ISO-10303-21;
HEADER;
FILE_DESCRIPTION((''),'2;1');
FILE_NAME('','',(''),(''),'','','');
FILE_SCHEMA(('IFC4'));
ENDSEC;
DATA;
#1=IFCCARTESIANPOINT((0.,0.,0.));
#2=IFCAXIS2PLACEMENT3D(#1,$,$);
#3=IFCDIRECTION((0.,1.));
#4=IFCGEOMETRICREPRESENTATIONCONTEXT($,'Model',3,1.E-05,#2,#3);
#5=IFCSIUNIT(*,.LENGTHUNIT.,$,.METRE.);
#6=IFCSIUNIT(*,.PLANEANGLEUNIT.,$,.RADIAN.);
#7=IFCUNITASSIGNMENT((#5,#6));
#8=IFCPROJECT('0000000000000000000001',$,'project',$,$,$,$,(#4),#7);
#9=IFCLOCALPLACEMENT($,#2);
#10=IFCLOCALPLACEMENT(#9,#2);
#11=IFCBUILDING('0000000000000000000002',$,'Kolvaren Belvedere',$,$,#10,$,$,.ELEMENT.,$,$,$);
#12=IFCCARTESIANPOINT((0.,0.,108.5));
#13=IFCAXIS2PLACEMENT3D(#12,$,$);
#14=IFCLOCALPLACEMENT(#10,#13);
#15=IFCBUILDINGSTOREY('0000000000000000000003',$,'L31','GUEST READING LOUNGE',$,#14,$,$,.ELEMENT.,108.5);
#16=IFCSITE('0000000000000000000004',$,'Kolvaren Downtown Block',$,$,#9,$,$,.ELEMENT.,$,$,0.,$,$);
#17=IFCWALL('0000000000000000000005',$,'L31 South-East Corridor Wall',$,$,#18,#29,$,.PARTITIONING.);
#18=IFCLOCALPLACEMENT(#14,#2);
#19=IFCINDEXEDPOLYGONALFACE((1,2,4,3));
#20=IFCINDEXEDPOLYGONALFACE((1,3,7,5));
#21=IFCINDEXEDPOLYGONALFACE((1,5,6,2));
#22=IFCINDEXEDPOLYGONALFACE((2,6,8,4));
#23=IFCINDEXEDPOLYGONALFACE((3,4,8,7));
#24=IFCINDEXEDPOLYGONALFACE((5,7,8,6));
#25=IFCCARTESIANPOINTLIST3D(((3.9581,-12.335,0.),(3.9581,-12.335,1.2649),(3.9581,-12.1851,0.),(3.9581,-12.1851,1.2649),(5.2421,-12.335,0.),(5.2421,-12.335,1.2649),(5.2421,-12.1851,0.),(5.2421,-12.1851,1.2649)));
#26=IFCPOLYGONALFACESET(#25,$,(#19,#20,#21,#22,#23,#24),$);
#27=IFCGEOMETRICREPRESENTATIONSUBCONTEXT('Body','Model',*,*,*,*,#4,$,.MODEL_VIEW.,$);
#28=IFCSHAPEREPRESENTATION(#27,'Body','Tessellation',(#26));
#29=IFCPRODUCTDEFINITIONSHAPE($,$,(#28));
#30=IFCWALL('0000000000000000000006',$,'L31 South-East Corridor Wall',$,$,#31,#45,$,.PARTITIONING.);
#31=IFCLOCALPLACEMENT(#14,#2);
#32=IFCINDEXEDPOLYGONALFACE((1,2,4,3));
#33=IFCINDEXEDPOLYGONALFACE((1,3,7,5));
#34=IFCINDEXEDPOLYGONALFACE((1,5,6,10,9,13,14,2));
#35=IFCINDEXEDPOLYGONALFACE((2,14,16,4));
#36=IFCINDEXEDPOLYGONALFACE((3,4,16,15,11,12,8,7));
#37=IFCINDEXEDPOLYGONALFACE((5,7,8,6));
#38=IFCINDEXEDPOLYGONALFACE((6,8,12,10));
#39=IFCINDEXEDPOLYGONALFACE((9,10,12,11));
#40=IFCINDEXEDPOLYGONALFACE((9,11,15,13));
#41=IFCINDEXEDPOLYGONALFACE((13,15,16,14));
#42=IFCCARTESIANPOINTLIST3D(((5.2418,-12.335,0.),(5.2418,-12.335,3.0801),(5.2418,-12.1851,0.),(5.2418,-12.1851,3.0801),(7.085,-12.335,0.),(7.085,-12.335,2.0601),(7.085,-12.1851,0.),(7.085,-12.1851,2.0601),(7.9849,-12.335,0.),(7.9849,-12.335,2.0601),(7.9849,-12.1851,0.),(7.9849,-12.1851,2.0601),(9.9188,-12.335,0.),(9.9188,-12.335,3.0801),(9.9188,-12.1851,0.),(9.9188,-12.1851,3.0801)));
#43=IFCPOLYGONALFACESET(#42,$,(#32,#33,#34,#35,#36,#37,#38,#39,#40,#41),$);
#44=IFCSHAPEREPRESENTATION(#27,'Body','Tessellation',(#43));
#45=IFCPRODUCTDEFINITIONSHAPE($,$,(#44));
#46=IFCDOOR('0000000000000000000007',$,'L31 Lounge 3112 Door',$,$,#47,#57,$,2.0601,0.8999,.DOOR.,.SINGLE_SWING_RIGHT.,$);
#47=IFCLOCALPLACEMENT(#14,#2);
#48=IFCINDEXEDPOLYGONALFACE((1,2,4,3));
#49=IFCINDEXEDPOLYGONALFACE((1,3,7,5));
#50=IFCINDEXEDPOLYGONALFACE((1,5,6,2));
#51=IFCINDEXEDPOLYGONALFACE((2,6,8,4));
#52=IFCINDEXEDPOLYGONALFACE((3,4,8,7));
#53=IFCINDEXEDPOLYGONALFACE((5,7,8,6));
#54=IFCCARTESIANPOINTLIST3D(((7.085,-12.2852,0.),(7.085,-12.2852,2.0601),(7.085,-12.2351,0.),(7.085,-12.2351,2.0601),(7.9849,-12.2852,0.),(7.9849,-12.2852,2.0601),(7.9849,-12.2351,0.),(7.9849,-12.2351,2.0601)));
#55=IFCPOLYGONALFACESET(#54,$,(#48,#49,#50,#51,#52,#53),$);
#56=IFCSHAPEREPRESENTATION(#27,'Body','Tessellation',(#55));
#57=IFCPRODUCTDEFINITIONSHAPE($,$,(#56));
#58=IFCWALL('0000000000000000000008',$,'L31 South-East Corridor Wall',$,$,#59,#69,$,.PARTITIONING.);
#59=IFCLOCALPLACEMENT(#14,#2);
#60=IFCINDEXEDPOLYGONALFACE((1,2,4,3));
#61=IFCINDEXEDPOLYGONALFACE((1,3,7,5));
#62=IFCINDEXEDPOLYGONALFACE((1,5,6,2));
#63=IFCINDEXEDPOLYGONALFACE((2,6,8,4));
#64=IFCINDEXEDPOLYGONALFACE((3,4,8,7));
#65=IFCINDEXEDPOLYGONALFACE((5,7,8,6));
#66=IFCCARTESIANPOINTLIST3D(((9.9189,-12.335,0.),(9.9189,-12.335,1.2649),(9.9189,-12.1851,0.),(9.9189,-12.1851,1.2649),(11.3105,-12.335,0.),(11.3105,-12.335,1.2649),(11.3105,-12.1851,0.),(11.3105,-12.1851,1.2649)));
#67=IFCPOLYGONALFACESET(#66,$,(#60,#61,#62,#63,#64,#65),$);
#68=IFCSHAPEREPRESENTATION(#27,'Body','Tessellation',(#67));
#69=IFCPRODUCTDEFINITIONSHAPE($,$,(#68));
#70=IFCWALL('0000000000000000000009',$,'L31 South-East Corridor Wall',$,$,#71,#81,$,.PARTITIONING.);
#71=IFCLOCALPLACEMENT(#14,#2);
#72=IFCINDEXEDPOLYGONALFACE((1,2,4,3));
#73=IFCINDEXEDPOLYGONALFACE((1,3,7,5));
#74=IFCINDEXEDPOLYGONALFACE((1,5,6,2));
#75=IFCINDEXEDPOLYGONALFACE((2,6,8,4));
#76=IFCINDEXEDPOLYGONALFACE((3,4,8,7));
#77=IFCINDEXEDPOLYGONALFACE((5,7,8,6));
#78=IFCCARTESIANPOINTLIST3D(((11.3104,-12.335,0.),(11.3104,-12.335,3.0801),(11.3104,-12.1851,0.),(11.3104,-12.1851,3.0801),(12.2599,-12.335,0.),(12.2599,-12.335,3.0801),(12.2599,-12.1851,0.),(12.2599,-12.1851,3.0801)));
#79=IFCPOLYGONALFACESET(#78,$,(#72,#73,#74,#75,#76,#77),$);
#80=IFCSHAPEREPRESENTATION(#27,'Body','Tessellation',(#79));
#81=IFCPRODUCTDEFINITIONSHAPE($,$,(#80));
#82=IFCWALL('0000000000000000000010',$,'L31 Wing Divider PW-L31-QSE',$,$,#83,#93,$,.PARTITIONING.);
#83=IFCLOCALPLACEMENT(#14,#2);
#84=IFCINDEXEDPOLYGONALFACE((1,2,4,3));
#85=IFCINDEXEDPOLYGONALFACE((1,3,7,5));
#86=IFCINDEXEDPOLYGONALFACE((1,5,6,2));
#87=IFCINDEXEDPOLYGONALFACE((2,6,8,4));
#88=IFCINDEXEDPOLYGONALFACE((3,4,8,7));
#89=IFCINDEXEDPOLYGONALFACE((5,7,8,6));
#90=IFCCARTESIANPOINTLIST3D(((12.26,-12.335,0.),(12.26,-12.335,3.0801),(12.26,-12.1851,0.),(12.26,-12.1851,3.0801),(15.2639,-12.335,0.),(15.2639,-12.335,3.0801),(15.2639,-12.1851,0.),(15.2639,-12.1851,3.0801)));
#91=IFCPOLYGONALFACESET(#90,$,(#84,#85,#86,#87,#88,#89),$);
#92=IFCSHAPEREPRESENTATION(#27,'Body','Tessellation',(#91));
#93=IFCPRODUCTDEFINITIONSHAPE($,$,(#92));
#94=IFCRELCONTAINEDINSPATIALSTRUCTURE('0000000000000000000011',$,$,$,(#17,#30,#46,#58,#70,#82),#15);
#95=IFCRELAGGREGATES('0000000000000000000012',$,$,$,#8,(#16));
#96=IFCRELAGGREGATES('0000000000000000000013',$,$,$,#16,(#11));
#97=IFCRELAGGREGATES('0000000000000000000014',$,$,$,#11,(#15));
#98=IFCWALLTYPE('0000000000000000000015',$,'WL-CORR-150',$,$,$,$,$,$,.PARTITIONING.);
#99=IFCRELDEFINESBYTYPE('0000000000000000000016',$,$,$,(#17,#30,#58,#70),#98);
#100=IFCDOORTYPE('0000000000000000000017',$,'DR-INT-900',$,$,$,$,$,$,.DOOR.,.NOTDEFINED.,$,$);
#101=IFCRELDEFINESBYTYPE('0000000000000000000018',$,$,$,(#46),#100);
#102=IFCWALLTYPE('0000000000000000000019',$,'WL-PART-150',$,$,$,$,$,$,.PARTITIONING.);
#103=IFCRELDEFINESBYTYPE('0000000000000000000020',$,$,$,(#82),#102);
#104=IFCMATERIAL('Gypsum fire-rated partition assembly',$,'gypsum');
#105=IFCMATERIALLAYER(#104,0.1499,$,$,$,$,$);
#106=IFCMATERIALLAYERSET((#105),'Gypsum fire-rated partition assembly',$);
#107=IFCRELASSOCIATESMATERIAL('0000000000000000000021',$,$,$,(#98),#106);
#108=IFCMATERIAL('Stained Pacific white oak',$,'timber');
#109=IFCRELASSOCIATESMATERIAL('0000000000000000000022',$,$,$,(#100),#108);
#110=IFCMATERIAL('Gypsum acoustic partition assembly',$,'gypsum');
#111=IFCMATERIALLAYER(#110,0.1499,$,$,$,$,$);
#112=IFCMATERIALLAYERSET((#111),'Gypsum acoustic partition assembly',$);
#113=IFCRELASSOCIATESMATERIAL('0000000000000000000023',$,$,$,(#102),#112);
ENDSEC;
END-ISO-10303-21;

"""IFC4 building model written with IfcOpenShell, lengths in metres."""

from ifc_helpers import new_model, si_unit, direction, frame, frame_2d, origin, place, context, subcontext, project, spatial, rectangle, extrude, material, layer, layer_set, type_object, element, fill, save


model = new_model("IFC4")

# Units and contexts
model_context = context("Model", 3, precision=1e-05, world=origin(), true_north=direction((0.0, 1.0)))
body_context = subcontext(model_context, "Body", "Model", "MODEL_VIEW")
ifc_project = project(units=[si_unit("LENGTHUNIT", "METRE"), si_unit("PLANEANGLEUNIT", "RADIAN")], contexts=[model_context])

# Site, building, storey
site_placement = place(None, origin())
site = spatial("IfcSite", under=ifc_project, at=site_placement, Name="Kolvaren Downtown Block", CompositionType="ELEMENT", RefElevation=0.0)
building_placement = place(site_placement, origin())
building = spatial("IfcBuilding", under=site, at=building_placement, Name="Kolvaren Belvedere", CompositionType="ELEMENT")
storey_placement = place(building_placement, frame((0.0, 0.0, 108.5)))
storey = spatial("IfcBuildingStorey", under=building, at=storey_placement, Name="L31", Description="GUEST READING LOUNGE", CompositionType="ELEMENT", Elevation=108.5)

# Wall
ifc_material_1 = material(Name="Gypsum fire-rated partition assembly", Category="gypsum")
ifc_layer_1 = layer(ifc_material_1, 0.1499)
ifc_layer_set_1 = layer_set([ifc_layer_1], Name="Gypsum fire-rated partition assembly")
wall_type_1 = type_object("IfcWallType", Name="WL-CORR-150", PredefinedType="PARTITIONING", material=ifc_layer_set_1)
wall_1_placement = place(storey_placement, frame((3.958, -12.26, 0.0), z_axis=(0.0, 0.0, 1.0), x_axis=(1.0, 0.0, 0.0)))
element("IfcWall", 1, at=wall_1_placement, inside=storey, type_object=wall_type_1, Name="L31 South-East Corridor Wall", PredefinedType="PARTITIONING", context=body_context, shape_type="SweptSolid", body=[
    extrude(rectangle(XDim=1.2839, YDim=0.1499, at=frame_2d((0.6421, 0.0))), origin(), (0.0, 0.0, 1.0), 1.2649),
])

# Wall, opening, door
wall_2_placement = place(storey_placement, frame((5.2419, -12.26, 0.0), z_axis=(0.0, 0.0, 1.0), x_axis=(1.0, 0.0, 0.0)))
wall_2 = element("IfcWall", 2, at=wall_2_placement, inside=storey, type_object=wall_type_1, Name="L31 South-East Corridor Wall", PredefinedType="PARTITIONING", context=body_context, shape_type="SweptSolid", body=[
    extrude(rectangle(XDim=4.677, YDim=0.1499, at=frame_2d((2.3384, 0.0))), origin(), (0.0, 0.0, 1.0), 3.0801),
])
opening_placement = place(wall_2_placement, frame((1.843, 0.0, 0.0)))
opening = element("IfcOpeningElement", 3, at=opening_placement, cuts=wall_2, PredefinedType="OPENING", context=body_context, shape_type="SweptSolid", body=[
    extrude(rectangle(XDim=0.8999, YDim=2.0601, at=frame_2d((0.45, 1.03))), frame((0.0, 0.085, 0.0), z_axis=(0.0, -1.0, 0.0), x_axis=(1.0, 0.0, 0.0)), (0.0, 0.0, 1.0), 0.1699),
])
ifc_material_2 = material(Name="Stained Pacific white oak", Category="timber")
door_type = type_object("IfcDoorType", Name="DR-INT-900", OperationType="NOTDEFINED", PredefinedType="DOOR", material=ifc_material_2)
door_placement = place(opening_placement, origin())
door = element("IfcDoor", 4, at=door_placement, inside=storey, type_object=door_type, Name="L31 Lounge 3112 Door", OperationType="SINGLE_SWING_RIGHT", OverallHeight=2.0601, OverallWidth=0.8999, PredefinedType="DOOR", context=body_context, shape_type="SweptSolid", body=[
    extrude(rectangle(XDim=0.8999, YDim=2.0601, at=frame_2d((0.45, 1.03))), frame((0.0, 0.0249, 0.0), z_axis=(0.0, -1.0, 0.0), x_axis=(1.0, 0.0, 0.0)), (0.0, 0.0, 1.0), 0.05),
])
fill(opening, door)

# Walls
wall_3_placement = place(storey_placement, frame((9.9189, -12.26, 0.0), z_axis=(0.0, 0.0, 1.0), x_axis=(1.0, 0.0, 0.0)))
element("IfcWall", 5, at=wall_3_placement, inside=storey, type_object=wall_type_1, Name="L31 South-East Corridor Wall", PredefinedType="PARTITIONING", context=body_context, shape_type="SweptSolid", body=[
    extrude(rectangle(XDim=1.3916, YDim=0.1499, at=frame_2d((0.6958, 0.0))), origin(), (0.0, 0.0, 1.0), 1.2649),
])
wall_4_placement = place(storey_placement, frame((11.3105, -12.26, 0.0), z_axis=(0.0, 0.0, 1.0), x_axis=(1.0, 0.0, 0.0)))
element("IfcWall", 6, at=wall_4_placement, inside=storey, type_object=wall_type_1, Name="L31 South-East Corridor Wall", PredefinedType="PARTITIONING", context=body_context, shape_type="SweptSolid", body=[
    extrude(rectangle(XDim=0.9495, YDim=0.1499, at=frame_2d((0.4746, 0.0))), origin(), (0.0, 0.0, 1.0), 3.0801),
])
ifc_material_3 = material(Name="Gypsum acoustic partition assembly", Category="gypsum")
ifc_layer_2 = layer(ifc_material_3, 0.1499)
ifc_layer_set_2 = layer_set([ifc_layer_2], Name="Gypsum acoustic partition assembly")
wall_type_2 = type_object("IfcWallType", Name="WL-PART-150", PredefinedType="PARTITIONING", material=ifc_layer_set_2)
wall_5_placement = place(storey_placement, frame((12.26, -12.26, 0.0), z_axis=(0.0, 0.0, 1.0), x_axis=(1.0, 0.0, 0.0)))
element("IfcWall", 7, at=wall_5_placement, inside=storey, type_object=wall_type_2, Name="L31 Wing Divider PW-L31-QSE", PredefinedType="PARTITIONING", context=body_context, shape_type="SweptSolid", body=[
    extrude(rectangle(XDim=3.0039, YDim=0.1499, at=frame_2d((1.502, 0.0))), origin(), (0.0, 0.0, 1.0), 3.0801),
])

save(model, "model.ifc")
